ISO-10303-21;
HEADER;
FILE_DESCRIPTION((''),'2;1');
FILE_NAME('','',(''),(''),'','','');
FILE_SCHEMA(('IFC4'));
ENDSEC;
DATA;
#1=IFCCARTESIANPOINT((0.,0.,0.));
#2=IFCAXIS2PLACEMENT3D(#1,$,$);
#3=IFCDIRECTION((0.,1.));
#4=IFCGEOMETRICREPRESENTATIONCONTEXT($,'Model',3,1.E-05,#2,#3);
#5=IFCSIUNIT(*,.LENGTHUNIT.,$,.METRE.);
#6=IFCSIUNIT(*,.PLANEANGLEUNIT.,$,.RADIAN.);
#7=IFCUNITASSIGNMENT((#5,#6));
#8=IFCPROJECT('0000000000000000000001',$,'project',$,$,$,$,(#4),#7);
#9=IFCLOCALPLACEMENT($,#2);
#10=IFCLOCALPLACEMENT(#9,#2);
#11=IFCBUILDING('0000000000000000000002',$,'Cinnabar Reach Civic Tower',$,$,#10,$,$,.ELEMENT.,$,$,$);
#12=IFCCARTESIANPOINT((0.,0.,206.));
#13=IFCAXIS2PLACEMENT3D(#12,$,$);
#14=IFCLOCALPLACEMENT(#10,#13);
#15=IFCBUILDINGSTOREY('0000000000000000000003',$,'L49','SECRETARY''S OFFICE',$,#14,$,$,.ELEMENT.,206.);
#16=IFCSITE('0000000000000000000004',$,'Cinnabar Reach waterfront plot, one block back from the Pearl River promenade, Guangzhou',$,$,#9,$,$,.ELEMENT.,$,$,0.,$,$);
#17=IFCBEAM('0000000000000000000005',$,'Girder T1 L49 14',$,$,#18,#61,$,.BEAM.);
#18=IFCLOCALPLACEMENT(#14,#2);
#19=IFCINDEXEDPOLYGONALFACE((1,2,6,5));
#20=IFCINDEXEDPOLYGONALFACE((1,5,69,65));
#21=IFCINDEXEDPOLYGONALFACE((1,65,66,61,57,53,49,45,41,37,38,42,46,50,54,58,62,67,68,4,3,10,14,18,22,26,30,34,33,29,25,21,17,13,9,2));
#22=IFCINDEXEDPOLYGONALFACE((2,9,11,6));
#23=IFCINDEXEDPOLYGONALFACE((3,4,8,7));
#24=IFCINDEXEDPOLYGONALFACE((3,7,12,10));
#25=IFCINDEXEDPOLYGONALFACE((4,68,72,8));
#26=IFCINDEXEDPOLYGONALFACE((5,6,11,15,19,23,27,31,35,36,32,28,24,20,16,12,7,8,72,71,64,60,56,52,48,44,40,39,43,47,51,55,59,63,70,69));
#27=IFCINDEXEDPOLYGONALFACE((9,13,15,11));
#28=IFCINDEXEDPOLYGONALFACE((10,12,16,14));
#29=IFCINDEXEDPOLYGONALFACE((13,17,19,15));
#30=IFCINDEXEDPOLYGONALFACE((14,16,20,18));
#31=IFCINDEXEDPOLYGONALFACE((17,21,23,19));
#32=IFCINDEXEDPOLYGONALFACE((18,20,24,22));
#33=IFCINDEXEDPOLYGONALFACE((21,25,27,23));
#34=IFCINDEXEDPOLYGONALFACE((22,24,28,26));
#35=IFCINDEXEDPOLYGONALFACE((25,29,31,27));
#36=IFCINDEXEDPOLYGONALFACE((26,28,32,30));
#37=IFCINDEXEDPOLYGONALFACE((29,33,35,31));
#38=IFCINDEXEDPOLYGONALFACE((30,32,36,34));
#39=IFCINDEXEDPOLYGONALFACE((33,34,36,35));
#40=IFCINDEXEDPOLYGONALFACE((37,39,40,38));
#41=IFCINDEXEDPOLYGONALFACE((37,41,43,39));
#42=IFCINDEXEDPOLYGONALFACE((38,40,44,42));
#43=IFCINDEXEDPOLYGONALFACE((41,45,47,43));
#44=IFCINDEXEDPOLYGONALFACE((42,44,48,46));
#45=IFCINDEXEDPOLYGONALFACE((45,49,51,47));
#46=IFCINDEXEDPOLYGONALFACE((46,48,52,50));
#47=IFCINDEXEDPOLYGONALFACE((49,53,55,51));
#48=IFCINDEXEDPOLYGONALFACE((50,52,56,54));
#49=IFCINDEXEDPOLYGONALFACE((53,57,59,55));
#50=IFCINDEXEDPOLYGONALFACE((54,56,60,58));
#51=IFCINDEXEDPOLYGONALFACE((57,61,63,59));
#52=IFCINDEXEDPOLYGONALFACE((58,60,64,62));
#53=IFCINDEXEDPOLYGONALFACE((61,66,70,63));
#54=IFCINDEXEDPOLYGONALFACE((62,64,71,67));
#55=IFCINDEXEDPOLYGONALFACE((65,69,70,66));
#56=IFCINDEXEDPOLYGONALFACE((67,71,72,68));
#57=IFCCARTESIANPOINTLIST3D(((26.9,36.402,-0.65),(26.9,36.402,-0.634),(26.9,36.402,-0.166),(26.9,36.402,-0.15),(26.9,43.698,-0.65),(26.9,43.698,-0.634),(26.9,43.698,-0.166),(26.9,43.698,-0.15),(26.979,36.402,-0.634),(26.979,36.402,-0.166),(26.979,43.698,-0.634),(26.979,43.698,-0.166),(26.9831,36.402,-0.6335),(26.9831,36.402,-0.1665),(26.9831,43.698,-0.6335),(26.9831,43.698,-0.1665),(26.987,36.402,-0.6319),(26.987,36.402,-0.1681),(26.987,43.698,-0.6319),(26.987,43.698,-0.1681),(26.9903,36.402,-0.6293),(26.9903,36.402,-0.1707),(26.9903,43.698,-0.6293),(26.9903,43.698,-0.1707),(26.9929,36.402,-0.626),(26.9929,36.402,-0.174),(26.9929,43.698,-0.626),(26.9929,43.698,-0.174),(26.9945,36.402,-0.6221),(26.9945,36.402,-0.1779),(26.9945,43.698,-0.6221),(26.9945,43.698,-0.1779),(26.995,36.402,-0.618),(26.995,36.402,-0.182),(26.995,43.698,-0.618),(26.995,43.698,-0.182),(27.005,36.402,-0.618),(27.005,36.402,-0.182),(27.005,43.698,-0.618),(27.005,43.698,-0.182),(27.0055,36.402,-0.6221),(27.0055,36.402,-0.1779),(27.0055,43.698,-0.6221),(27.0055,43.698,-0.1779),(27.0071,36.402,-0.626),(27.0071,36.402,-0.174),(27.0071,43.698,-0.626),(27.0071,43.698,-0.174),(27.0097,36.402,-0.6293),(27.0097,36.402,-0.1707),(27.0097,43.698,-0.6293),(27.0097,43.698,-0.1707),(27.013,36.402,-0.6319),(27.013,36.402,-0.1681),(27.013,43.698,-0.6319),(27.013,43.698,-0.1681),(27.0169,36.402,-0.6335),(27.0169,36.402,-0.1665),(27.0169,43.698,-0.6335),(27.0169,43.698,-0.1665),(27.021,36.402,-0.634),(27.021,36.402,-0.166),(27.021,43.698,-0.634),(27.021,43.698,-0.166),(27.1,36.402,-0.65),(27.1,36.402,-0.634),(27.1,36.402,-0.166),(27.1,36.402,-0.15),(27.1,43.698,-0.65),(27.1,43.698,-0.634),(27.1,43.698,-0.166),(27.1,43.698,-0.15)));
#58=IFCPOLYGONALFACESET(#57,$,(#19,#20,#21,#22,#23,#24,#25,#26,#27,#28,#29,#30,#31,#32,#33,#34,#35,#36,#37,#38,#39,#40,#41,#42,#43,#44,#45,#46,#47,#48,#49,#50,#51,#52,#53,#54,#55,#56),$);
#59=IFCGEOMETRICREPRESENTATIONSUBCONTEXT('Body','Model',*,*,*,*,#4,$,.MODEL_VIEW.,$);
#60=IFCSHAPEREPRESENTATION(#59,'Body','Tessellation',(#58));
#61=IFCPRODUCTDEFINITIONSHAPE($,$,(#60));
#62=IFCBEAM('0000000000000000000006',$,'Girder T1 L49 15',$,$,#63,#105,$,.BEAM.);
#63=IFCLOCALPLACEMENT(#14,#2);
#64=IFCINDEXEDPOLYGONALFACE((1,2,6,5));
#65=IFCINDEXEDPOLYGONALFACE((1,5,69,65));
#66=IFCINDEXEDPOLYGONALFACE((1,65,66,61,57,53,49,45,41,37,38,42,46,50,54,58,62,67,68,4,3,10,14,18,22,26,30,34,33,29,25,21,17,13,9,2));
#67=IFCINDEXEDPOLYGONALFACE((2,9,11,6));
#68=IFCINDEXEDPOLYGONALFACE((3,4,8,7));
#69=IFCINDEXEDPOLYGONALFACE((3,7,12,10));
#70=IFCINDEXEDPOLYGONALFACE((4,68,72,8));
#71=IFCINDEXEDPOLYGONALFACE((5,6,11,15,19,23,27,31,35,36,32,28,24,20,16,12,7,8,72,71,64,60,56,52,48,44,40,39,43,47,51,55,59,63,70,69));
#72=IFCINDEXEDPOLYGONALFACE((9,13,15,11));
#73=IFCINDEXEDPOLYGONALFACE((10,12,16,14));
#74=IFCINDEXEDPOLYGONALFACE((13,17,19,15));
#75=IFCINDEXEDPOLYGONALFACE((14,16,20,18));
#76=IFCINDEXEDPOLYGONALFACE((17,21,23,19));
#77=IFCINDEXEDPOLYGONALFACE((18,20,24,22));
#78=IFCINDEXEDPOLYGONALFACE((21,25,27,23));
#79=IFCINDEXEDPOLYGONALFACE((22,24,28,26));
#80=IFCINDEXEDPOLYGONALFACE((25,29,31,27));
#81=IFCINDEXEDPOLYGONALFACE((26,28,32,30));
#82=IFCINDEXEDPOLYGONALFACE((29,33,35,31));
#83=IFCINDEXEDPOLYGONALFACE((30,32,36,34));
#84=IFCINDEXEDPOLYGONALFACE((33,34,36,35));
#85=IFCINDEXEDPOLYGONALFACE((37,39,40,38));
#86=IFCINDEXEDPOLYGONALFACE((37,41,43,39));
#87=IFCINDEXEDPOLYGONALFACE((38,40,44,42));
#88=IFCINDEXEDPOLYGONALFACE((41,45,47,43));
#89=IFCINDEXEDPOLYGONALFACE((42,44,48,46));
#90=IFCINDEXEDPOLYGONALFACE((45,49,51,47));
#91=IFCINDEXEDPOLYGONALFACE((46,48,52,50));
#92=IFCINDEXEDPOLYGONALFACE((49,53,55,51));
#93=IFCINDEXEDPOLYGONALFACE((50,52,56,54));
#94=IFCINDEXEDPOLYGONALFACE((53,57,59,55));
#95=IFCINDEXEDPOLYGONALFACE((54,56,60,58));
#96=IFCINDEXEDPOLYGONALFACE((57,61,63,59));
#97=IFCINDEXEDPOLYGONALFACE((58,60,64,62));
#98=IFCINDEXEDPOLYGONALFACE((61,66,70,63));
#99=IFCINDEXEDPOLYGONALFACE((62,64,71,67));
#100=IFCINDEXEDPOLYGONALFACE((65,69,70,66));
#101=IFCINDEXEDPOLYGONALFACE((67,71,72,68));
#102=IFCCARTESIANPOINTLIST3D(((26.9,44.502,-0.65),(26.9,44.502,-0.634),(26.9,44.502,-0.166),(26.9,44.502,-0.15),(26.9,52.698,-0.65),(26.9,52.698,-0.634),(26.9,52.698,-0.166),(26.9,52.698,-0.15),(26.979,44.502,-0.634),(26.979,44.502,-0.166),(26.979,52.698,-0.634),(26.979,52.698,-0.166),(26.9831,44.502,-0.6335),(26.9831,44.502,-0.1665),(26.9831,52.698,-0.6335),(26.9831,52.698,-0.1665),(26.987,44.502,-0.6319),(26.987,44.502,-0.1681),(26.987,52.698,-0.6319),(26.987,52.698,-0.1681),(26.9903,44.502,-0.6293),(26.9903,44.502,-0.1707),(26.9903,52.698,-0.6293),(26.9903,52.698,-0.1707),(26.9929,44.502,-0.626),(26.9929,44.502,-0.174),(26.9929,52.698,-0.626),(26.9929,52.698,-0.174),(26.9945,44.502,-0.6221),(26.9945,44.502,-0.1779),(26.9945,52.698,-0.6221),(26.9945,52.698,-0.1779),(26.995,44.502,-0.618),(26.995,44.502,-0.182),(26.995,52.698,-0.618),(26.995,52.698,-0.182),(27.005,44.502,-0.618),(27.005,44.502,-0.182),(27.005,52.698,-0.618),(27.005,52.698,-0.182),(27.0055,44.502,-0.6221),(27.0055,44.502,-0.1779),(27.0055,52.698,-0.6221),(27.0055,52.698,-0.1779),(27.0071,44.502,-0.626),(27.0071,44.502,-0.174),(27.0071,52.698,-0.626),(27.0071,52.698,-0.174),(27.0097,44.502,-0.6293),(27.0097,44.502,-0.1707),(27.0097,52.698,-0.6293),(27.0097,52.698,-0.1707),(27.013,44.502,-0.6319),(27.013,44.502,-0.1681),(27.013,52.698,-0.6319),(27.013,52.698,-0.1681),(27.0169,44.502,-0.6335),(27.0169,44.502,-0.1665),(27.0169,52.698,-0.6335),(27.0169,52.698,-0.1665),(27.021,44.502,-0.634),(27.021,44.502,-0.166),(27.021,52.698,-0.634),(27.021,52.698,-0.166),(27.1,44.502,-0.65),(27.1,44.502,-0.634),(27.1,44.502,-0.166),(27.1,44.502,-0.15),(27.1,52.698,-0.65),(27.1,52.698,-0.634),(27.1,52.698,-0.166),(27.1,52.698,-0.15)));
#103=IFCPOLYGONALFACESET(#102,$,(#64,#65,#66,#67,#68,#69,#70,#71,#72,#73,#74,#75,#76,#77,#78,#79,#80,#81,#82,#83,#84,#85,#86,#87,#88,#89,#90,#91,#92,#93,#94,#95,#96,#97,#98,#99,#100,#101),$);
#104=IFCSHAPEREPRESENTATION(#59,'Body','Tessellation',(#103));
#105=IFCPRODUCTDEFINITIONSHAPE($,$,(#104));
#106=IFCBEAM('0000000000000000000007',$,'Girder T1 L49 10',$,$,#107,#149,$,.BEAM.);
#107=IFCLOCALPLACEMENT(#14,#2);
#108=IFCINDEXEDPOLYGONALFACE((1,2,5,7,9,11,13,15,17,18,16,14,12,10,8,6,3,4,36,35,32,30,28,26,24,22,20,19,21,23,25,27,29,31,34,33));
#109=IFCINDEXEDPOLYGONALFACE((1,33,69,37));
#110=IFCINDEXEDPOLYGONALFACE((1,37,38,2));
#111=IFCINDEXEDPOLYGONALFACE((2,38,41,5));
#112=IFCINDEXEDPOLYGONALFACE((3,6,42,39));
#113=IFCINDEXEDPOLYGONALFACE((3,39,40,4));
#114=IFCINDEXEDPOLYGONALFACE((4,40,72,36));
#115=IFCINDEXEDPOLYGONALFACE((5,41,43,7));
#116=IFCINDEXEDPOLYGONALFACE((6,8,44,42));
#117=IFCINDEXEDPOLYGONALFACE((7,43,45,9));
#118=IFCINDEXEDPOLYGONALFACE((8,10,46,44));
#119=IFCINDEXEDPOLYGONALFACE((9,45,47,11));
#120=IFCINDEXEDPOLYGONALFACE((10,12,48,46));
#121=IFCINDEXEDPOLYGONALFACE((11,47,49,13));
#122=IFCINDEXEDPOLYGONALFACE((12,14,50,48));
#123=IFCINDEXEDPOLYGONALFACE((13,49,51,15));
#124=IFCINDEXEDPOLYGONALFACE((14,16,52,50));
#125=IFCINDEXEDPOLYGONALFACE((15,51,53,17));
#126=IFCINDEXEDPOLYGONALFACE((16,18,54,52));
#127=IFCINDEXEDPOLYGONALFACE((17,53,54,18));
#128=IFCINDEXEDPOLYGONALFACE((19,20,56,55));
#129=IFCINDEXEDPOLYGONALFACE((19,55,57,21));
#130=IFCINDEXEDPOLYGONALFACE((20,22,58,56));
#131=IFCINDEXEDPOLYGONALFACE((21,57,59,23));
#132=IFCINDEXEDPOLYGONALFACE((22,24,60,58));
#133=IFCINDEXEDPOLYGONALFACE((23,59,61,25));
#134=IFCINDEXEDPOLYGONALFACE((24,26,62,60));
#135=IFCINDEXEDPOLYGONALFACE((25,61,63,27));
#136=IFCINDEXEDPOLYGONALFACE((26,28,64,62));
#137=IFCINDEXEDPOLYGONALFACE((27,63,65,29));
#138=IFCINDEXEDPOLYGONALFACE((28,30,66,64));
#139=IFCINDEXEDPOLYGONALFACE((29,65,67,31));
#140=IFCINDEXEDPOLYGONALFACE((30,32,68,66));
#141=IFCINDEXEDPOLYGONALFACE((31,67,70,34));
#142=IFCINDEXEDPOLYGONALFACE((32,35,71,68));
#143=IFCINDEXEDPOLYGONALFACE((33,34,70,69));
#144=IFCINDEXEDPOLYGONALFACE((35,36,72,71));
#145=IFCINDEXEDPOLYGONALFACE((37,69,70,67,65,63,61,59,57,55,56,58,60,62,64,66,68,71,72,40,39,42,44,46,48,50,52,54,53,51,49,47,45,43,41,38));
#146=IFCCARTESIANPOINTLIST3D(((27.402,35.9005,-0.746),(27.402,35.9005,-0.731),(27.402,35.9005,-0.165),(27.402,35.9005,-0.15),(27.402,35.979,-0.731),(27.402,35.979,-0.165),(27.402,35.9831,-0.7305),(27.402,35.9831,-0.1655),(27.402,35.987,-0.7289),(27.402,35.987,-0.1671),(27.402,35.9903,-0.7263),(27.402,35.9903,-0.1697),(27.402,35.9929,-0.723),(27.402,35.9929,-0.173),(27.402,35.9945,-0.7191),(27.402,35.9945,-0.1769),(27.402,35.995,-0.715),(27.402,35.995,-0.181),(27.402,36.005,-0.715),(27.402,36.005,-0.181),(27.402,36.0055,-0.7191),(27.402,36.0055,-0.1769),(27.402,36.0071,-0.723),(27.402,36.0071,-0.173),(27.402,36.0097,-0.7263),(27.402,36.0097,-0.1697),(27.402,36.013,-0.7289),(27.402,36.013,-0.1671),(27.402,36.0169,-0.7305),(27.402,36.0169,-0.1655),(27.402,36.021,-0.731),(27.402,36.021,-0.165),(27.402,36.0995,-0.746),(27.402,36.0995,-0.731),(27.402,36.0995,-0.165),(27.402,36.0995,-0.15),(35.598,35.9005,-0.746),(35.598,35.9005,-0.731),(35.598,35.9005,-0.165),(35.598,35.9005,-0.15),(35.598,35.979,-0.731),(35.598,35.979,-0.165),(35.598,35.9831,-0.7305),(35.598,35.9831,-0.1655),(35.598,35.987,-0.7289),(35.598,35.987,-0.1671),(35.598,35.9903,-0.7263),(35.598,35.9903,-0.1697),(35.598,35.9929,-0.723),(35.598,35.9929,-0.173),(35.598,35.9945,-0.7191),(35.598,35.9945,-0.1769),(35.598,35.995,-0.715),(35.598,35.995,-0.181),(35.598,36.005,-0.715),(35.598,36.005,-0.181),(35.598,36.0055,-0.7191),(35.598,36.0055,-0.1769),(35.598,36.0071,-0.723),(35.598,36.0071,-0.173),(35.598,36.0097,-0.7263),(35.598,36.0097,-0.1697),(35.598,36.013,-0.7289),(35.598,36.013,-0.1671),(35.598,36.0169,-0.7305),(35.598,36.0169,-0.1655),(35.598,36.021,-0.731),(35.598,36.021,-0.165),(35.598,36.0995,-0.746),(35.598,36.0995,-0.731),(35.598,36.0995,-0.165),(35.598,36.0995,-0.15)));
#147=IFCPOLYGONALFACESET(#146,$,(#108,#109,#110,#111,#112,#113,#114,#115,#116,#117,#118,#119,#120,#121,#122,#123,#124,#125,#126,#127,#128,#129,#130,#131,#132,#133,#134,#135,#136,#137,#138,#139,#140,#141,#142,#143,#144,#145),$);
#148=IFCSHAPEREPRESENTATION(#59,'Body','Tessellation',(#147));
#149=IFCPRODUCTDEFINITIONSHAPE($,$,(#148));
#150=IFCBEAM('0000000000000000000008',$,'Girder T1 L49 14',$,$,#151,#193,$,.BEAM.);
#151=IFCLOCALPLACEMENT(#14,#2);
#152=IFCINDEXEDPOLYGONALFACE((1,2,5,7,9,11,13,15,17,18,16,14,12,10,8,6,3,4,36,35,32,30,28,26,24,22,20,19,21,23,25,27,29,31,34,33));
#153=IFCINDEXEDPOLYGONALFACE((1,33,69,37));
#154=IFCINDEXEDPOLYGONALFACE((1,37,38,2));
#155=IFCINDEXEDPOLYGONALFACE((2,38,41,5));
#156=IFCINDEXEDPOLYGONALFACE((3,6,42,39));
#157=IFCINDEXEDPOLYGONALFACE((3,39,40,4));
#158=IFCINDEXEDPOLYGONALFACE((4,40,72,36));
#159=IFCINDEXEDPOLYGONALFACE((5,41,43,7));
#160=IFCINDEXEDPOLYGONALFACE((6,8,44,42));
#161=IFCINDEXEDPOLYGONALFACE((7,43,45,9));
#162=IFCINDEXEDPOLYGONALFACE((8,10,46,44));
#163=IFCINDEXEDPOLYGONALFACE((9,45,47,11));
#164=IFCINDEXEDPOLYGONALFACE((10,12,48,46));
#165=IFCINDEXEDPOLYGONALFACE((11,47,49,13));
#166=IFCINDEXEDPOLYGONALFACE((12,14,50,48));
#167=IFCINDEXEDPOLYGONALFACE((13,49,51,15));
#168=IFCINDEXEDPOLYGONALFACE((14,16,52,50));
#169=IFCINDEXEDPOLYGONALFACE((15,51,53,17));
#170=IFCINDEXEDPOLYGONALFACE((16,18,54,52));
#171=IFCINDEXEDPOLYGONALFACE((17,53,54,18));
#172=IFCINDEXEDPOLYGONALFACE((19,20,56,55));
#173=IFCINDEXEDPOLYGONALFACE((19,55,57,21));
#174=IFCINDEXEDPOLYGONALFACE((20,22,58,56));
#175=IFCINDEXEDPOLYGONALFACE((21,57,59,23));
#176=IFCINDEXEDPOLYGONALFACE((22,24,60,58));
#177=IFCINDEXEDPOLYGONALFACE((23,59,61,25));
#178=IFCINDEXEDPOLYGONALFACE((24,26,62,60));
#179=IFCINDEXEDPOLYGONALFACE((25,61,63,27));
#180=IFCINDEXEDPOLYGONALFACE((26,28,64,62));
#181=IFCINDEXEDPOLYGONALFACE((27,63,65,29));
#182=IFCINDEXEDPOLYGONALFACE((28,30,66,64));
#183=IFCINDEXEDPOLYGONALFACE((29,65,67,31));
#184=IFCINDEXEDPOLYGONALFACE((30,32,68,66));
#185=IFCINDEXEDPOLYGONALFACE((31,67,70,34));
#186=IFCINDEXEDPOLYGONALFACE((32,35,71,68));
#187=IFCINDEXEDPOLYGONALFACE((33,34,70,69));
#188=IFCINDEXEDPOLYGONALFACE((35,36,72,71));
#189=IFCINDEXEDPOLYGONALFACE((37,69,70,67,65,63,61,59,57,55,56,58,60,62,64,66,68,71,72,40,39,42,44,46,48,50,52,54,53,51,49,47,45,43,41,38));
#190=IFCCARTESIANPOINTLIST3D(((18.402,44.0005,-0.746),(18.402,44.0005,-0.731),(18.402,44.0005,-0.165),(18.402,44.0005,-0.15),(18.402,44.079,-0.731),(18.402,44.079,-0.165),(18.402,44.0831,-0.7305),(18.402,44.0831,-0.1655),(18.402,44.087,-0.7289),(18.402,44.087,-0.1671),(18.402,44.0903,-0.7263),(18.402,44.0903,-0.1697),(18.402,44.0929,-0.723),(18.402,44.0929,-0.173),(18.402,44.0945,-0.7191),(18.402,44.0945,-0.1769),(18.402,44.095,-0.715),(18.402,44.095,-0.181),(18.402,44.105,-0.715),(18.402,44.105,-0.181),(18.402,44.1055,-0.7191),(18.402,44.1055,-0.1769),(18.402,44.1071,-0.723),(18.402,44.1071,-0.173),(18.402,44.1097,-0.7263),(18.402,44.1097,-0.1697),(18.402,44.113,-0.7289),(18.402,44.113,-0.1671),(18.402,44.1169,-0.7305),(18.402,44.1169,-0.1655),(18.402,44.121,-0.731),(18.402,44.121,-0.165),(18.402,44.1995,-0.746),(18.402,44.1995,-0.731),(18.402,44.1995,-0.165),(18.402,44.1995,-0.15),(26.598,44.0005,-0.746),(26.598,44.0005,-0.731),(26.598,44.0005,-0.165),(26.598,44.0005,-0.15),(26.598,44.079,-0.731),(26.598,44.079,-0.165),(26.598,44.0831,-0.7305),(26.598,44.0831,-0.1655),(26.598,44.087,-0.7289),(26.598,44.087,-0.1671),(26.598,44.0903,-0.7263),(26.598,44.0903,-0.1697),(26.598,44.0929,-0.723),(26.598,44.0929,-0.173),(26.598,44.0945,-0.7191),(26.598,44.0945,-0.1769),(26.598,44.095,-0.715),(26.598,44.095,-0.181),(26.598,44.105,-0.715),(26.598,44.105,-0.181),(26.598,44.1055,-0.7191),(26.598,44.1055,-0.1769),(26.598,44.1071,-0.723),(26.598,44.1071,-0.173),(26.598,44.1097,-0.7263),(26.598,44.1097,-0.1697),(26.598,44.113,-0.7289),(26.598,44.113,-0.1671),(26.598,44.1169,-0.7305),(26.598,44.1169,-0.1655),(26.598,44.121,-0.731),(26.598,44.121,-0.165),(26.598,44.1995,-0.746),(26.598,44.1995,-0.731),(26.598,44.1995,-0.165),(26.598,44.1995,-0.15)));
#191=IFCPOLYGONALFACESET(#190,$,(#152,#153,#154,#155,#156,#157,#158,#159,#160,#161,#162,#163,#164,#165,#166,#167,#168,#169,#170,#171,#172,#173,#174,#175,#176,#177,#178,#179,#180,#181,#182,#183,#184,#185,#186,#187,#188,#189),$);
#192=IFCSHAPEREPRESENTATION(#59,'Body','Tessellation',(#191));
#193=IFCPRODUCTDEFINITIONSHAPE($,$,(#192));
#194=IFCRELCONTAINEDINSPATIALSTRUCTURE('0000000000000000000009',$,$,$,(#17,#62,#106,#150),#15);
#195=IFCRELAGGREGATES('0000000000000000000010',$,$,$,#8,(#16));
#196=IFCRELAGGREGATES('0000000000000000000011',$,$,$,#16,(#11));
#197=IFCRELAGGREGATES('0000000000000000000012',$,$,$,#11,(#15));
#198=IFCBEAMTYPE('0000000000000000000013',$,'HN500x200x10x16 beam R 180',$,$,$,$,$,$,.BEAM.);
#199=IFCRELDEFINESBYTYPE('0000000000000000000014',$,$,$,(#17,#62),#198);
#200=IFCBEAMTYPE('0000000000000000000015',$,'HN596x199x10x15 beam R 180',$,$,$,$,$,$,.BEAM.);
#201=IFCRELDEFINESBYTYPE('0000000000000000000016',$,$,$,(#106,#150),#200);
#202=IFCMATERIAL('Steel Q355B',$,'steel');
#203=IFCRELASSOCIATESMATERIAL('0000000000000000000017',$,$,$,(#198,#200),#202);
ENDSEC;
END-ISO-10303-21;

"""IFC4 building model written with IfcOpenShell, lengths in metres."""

from ifc_helpers import new_model, si_unit, direction, frame, origin, origin_2d, place, context, subcontext, project, spatial, i_section, extrude, material, material_profile, profile_set, type_object, element, save


model = new_model("IFC4")

# Units and contexts
model_context = context("Model", 3, precision=1e-05, world=origin(), true_north=direction((0.0, 1.0)))
body_context = subcontext(model_context, "Body", "Model", "MODEL_VIEW")
ifc_project = project(units=[si_unit("LENGTHUNIT", "METRE"), si_unit("PLANEANGLEUNIT", "RADIAN")], contexts=[model_context])

# Site, building, storey
site_placement = place(None, origin())
site = spatial("IfcSite", under=ifc_project, at=site_placement, Name="Cinnabar Reach waterfront plot, one block back from the Pearl River promenade, Guangzhou", CompositionType="ELEMENT", RefElevation=0.0)
building_placement = place(site_placement, origin())
building = spatial("IfcBuilding", under=site, at=building_placement, Name="Cinnabar Reach Civic Tower", CompositionType="ELEMENT")
storey_placement = place(building_placement, frame((0.0, 0.0, 206.0)))
storey = spatial("IfcBuildingStorey", under=building, at=storey_placement, Name="L49", Description="SECRETARY'S OFFICE", CompositionType="ELEMENT", Elevation=206.0)

# Beams
ifc_material_1 = material(Name="Steel Q355B", Category="steel")
ifc_material_profile_1 = material_profile(ifc_material_1, i_section(OverallWidth=0.2, OverallDepth=0.5, WebThickness=0.01, FlangeThickness=0.016, FilletRadius=0.016, at=origin_2d()), Name="HN500x200x10x16")
ifc_profile_set_1 = profile_set([ifc_material_profile_1], Name="Steel Q355B")
beam_type_1 = type_object("IfcBeamType", Name="HN500x200x10x16 beam R 180", PredefinedType="BEAM", material=ifc_profile_set_1)
beam_1_placement = place(storey_placement, frame((27.0, 36.402, -0.4), z_axis=(0.0, 1.0, 0.0), x_axis=(-1.0, 0.0, 0.0)))
element("IfcBeam", 1, at=beam_1_placement, inside=storey, type_object=beam_type_1, Name="Girder T1 L49 14", PredefinedType="BEAM", context=body_context, shape_type="SweptSolid", body=[
    extrude(i_section(OverallWidth=0.2, OverallDepth=0.5, WebThickness=0.01, FlangeThickness=0.016, FilletRadius=0.016, at=origin_2d()), origin(), (0.0, 0.0, 1.0), 7.296),
])
beam_2_placement = place(storey_placement, frame((27.0, 44.502, -0.4), z_axis=(0.0, 1.0, 0.0), x_axis=(-1.0, 0.0, 0.0)))
element("IfcBeam", 2, at=beam_2_placement, inside=storey, type_object=beam_type_1, Name="Girder T1 L49 15", PredefinedType="BEAM", context=body_context, shape_type="SweptSolid", body=[
    extrude(i_section(OverallWidth=0.2, OverallDepth=0.5, WebThickness=0.01, FlangeThickness=0.016, FilletRadius=0.016, at=origin_2d()), origin(), (0.0, 0.0, 1.0), 8.196),
])
ifc_material_profile_2 = material_profile(ifc_material_1, i_section(OverallWidth=0.199, OverallDepth=0.596, WebThickness=0.01, FlangeThickness=0.015, FilletRadius=0.016, at=origin_2d()), Name="HN596x199x10x15")
ifc_profile_set_2 = profile_set([ifc_material_profile_2], Name="Steel Q355B")
beam_type_2 = type_object("IfcBeamType", Name="HN596x199x10x15 beam R 180", PredefinedType="BEAM", material=ifc_profile_set_2)
for number, where, z_axis, x_axis, name in (
    (3, (27.402, 36.0, -0.448), (1.0, 0.0, 0.0), (0.0, 1.0, 0.0), "Girder T1 L49 10"),
    (4, (18.402, 44.1, -0.448), (1.0, 0.0, 0.0), (0.0, 1.0, 0.0), "Girder T1 L49 14"),
):
    element("IfcBeam", number, at=place(storey_placement, frame(where, z_axis=z_axis, x_axis=x_axis)), inside=storey, type_object=beam_type_2, Name=name, PredefinedType="BEAM", context=body_context, shape_type="SweptSolid", body=[
        extrude(i_section(OverallWidth=0.199, OverallDepth=0.596, WebThickness=0.01, FlangeThickness=0.015, FilletRadius=0.016, at=origin_2d()), origin(), (0.0, 0.0, 1.0), 8.196),
    ])

save(model, "model.ifc")
